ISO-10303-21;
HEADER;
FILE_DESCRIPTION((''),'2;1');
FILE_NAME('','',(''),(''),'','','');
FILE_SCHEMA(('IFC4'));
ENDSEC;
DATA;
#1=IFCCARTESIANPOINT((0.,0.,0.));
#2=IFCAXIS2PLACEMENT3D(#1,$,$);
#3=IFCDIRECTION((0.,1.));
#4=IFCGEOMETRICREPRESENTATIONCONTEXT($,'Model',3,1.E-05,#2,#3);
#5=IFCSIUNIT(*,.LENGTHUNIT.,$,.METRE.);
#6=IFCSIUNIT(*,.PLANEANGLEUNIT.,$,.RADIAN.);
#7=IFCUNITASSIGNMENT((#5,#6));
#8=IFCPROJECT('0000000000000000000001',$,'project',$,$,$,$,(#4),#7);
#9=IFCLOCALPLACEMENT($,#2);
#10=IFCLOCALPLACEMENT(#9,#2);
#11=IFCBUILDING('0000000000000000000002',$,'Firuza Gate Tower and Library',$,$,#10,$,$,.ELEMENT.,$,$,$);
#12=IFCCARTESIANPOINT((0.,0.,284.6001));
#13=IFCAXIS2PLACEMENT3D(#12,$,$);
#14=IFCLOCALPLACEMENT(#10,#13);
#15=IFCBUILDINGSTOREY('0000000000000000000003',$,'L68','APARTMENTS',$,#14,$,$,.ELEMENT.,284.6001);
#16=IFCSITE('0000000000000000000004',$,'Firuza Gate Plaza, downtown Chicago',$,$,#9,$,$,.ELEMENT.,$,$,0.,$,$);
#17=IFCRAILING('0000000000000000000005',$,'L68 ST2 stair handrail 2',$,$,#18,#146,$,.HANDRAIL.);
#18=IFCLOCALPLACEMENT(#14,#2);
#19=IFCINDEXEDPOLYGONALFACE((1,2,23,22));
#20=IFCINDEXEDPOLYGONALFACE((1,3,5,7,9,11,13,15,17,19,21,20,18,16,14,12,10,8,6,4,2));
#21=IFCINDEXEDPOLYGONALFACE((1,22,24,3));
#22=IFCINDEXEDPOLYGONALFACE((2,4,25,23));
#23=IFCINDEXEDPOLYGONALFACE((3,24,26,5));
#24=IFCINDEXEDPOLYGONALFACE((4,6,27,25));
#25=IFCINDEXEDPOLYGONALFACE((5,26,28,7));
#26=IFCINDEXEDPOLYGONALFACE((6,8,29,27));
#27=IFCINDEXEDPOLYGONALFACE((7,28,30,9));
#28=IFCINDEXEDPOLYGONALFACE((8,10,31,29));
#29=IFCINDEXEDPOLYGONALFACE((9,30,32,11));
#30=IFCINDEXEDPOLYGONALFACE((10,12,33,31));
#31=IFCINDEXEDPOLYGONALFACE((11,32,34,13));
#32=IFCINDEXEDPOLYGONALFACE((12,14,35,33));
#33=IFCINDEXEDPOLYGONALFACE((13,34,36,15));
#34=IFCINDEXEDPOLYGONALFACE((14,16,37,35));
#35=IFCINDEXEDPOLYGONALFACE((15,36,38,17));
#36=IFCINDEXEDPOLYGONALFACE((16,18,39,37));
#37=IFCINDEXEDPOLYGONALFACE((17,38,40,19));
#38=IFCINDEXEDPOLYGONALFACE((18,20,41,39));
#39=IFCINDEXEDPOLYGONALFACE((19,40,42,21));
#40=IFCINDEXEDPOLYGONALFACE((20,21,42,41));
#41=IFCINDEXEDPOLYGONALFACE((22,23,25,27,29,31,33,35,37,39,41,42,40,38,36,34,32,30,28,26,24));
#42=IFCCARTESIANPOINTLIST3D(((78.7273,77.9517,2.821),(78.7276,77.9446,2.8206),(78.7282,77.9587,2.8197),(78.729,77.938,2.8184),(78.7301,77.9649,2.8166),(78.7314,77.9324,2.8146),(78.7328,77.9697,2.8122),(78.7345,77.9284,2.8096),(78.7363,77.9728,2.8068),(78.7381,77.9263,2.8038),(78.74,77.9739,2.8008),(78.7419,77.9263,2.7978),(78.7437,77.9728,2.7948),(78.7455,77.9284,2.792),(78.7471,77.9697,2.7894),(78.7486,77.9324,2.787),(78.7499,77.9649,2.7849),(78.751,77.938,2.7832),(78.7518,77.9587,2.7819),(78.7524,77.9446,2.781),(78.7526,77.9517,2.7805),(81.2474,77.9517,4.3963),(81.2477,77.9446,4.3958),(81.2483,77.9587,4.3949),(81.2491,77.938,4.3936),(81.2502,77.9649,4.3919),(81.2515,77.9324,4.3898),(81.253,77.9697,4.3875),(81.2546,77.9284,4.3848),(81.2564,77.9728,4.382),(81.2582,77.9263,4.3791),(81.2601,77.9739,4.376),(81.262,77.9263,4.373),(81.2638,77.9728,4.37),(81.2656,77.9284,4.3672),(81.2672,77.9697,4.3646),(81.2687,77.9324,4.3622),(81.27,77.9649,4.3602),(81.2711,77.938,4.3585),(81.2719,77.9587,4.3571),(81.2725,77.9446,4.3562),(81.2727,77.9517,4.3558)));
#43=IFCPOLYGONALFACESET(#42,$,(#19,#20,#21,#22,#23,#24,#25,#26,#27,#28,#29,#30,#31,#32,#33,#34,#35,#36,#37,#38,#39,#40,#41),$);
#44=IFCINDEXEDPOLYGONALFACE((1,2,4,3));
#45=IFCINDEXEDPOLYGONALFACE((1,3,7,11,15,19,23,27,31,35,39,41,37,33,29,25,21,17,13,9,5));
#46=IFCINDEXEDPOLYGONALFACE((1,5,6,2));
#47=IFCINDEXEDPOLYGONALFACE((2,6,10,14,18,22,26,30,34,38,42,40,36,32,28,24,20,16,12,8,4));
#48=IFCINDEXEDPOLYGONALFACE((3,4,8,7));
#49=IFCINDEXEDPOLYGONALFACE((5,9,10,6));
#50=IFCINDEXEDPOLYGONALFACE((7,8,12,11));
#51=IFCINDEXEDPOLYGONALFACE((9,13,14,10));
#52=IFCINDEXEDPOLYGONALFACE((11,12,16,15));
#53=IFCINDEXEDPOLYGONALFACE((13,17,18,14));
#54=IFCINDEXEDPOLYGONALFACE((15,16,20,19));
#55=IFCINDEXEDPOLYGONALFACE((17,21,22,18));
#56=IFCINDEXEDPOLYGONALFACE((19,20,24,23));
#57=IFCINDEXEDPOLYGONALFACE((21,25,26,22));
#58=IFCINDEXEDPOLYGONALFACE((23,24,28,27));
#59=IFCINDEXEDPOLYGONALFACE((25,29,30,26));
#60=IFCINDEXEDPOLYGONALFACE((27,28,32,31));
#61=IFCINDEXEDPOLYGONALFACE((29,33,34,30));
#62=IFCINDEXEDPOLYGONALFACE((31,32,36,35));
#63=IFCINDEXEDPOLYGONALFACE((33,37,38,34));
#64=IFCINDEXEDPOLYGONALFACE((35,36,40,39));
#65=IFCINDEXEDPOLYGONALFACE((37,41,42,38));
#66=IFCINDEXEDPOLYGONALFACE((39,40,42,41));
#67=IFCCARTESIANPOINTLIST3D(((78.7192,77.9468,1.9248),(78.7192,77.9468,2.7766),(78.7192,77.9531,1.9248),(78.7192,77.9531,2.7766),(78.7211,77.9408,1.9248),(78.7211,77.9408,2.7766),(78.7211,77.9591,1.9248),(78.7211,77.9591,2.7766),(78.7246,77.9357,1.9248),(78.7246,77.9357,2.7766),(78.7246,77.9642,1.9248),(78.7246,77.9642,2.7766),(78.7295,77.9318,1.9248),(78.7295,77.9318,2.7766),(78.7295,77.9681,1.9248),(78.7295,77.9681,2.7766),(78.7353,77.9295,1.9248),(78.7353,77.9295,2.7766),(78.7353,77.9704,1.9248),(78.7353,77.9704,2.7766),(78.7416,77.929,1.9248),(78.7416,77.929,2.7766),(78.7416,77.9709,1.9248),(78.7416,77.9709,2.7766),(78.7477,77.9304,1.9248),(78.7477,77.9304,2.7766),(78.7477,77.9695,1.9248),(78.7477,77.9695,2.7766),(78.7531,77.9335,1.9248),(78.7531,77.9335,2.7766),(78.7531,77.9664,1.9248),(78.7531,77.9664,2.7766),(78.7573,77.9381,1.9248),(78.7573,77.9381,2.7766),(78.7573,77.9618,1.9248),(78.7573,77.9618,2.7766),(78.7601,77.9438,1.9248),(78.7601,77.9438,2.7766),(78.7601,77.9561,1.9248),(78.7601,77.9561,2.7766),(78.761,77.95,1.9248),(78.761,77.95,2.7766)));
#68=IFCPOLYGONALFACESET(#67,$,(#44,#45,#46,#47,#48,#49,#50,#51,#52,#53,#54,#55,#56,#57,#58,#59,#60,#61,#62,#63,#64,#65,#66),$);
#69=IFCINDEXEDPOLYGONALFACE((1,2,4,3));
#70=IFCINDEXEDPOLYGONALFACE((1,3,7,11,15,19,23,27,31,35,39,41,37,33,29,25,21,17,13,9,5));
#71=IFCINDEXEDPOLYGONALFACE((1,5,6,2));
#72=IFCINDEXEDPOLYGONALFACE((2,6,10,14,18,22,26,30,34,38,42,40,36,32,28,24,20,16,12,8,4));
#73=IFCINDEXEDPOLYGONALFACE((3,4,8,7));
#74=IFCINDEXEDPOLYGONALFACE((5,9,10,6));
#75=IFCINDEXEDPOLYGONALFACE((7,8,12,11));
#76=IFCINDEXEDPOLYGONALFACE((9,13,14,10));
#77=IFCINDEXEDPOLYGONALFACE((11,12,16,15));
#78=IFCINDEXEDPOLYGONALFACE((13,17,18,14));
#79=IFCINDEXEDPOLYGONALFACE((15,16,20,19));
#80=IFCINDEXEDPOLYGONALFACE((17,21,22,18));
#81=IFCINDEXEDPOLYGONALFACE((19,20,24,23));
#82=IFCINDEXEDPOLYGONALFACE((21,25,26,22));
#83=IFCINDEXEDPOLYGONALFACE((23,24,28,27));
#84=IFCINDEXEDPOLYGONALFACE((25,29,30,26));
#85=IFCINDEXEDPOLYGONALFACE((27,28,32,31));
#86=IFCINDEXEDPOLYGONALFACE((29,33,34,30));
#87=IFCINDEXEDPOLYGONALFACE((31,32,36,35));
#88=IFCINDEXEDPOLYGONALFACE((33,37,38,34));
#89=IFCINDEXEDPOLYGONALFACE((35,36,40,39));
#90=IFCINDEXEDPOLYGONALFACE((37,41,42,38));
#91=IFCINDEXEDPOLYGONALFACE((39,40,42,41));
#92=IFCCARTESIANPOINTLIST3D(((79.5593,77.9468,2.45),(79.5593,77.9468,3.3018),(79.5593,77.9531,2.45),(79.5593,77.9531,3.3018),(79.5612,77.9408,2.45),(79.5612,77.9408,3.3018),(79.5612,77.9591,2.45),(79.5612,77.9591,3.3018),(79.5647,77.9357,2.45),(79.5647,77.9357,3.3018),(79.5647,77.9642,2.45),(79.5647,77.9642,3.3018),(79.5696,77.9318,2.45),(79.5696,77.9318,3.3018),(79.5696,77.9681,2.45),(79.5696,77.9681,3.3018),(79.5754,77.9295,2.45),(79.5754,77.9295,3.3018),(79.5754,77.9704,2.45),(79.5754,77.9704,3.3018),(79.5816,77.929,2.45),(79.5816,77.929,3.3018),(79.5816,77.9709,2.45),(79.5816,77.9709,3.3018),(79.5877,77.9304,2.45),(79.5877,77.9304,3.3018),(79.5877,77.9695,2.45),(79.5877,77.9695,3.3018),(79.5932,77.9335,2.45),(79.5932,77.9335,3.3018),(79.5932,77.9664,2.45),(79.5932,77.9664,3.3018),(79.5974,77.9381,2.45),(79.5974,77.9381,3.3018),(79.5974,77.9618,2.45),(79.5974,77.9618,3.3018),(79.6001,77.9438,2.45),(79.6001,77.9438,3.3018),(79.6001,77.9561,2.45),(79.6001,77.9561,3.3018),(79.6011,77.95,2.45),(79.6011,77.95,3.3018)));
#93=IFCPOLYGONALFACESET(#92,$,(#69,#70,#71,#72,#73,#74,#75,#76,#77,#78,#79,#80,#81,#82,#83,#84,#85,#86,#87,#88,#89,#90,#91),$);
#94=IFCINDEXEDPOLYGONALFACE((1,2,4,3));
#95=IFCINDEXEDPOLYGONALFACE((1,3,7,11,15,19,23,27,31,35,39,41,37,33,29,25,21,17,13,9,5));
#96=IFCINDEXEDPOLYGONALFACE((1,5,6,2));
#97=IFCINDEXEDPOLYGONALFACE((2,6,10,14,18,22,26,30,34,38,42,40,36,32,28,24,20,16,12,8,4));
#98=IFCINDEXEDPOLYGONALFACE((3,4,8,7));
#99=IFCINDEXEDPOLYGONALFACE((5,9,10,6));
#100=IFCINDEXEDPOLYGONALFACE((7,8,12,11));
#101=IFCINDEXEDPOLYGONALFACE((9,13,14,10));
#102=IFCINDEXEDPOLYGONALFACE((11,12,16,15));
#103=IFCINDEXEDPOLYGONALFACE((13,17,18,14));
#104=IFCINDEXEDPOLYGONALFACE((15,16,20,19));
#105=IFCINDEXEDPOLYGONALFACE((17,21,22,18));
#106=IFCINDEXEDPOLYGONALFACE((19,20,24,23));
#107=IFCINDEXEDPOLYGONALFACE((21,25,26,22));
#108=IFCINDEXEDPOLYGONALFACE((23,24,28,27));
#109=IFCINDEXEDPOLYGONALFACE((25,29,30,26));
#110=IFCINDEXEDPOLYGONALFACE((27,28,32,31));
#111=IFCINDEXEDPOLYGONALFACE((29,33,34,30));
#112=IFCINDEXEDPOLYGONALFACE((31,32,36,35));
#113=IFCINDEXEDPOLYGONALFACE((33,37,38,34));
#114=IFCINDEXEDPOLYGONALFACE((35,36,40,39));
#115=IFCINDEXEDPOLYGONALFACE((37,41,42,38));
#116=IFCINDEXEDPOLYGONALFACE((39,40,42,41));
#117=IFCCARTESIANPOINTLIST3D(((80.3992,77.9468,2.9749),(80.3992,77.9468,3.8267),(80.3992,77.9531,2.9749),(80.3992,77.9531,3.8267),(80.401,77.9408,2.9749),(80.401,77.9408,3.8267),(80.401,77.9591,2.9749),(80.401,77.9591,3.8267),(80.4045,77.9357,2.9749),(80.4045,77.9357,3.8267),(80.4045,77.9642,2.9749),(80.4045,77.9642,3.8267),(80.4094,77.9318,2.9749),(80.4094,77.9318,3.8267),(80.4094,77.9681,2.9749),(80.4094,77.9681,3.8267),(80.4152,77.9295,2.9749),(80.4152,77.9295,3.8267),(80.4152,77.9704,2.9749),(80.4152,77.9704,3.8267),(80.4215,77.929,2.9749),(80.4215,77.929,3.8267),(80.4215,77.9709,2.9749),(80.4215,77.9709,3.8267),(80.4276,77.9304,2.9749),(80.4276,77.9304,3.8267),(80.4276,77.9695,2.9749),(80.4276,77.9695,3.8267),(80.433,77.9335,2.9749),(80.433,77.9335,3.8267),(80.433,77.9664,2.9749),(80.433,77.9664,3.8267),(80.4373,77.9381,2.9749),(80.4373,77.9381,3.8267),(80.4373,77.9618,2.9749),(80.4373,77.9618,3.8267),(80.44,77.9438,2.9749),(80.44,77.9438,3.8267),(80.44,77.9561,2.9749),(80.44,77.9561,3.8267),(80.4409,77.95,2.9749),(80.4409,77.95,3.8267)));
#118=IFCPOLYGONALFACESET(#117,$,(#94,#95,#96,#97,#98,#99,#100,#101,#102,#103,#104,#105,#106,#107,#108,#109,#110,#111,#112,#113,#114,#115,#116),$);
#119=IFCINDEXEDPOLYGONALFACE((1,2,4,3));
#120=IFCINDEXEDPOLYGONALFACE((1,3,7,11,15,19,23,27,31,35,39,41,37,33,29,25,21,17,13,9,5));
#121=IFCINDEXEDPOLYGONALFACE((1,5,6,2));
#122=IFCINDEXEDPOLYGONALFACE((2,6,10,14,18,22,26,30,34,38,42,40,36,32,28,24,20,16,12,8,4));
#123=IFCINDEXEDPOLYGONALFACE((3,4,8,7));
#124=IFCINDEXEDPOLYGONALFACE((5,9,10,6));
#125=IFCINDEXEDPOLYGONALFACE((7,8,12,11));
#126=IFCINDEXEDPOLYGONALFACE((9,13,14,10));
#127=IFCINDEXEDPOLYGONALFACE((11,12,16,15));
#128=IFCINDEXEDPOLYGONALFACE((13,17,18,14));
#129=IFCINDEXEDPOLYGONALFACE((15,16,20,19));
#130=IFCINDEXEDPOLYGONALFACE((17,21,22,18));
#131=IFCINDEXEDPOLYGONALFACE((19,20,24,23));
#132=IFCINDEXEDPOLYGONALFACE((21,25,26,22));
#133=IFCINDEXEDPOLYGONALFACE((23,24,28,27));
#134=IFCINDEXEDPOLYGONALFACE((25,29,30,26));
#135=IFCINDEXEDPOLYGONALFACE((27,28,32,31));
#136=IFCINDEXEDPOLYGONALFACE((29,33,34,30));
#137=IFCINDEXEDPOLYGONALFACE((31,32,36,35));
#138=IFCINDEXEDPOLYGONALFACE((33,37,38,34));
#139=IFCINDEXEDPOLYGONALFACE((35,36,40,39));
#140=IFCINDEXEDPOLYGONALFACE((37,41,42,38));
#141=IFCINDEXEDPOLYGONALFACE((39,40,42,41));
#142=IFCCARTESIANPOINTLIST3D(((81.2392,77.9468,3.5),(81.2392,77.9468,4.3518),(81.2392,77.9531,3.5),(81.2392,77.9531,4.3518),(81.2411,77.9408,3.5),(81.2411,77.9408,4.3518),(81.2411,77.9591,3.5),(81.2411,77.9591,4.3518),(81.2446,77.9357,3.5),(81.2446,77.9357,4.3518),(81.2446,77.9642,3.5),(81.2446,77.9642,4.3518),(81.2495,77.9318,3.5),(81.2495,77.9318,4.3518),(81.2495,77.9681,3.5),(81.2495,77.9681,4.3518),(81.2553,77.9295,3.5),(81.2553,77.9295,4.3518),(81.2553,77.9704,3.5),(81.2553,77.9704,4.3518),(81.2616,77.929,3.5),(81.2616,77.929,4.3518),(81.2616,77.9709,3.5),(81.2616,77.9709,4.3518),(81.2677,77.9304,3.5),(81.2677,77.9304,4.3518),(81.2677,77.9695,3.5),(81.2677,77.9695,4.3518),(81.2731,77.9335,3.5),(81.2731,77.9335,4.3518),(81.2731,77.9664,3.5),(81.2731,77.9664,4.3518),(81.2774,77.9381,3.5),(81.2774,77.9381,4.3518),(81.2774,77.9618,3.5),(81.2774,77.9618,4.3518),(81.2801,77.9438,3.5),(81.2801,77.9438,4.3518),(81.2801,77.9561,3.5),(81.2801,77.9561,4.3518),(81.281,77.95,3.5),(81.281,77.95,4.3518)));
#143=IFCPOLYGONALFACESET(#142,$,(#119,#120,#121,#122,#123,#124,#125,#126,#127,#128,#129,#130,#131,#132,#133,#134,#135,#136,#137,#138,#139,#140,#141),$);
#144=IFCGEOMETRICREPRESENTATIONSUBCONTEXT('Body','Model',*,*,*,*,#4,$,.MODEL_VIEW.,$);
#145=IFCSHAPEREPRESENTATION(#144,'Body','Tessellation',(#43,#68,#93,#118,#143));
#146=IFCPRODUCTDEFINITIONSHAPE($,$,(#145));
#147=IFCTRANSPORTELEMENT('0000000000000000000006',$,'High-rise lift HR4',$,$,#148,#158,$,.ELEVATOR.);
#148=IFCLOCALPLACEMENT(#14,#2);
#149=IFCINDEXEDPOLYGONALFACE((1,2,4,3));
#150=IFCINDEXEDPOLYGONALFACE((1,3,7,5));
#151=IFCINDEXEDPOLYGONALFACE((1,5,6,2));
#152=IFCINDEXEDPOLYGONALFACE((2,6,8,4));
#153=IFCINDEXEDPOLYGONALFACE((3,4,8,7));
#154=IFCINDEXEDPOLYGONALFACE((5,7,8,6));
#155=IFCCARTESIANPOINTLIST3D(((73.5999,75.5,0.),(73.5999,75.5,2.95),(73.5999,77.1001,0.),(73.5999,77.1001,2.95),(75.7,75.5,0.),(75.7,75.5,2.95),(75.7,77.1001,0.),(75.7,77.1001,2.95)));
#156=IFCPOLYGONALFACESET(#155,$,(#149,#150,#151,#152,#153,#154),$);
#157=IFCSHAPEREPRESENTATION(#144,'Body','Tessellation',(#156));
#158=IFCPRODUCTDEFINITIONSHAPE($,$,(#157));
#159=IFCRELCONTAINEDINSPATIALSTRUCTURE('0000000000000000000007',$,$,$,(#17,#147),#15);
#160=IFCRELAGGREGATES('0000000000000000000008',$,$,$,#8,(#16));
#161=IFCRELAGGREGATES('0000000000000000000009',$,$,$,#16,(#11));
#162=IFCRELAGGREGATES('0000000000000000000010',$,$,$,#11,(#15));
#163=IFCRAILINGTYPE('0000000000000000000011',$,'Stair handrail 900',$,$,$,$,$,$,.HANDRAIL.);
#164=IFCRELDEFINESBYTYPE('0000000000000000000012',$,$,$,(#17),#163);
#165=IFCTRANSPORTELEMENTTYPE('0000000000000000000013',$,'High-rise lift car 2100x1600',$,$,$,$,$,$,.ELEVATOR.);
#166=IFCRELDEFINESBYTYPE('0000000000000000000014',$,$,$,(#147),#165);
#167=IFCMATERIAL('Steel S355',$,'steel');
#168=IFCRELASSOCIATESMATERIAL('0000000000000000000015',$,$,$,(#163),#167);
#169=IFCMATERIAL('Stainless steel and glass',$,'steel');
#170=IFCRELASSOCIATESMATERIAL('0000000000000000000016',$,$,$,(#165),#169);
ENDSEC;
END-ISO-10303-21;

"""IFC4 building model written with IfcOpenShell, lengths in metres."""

from ifc_helpers import new_model, si_unit, direction, frame, origin, origin_2d, place, context, subcontext, project, spatial, rectangle, circle, extrude, material, type_object, element, save


model = new_model("IFC4")

# Units and contexts
model_context = context("Model", 3, precision=1e-05, world=origin(), true_north=direction((0.0, 1.0)))
body_context = subcontext(model_context, "Body", "Model", "MODEL_VIEW")
ifc_project = project(units=[si_unit("LENGTHUNIT", "METRE"), si_unit("PLANEANGLEUNIT", "RADIAN")], contexts=[model_context])

# Site, building, storey
site_placement = place(None, origin())
site = spatial("IfcSite", under=ifc_project, at=site_placement, Name="Firuza Gate Plaza, downtown Chicago", CompositionType="ELEMENT", RefElevation=0.0)
building_placement = place(site_placement, origin())
building = spatial("IfcBuilding", under=site, at=building_placement, Name="Firuza Gate Tower and Library", CompositionType="ELEMENT")
storey_placement = place(building_placement, frame((0.0, 0.0, 284.6001)))
storey = spatial("IfcBuildingStorey", under=building, at=storey_placement, Name="L68", Description="APARTMENTS", CompositionType="ELEMENT", Elevation=284.6001)

# Railing
ifc_material_1 = material(Name="Steel S355", Category="steel")
railing_type_1 = type_object("IfcRailingType", Name="Stair handrail 900", PredefinedType="HANDRAIL", material=ifc_material_1)
railing_1_placement = place(storey_placement, frame((78.74, 77.95, 1.9248)))
element("IfcRailing", 1, at=railing_1_placement, inside=storey, type_object=railing_type_1, Name="L68 ST2 stair handrail 2", PredefinedType="HANDRAIL", context=body_context, shape_type="SweptSolid", body=[
    extrude(circle(Radius=0.0239, at=origin_2d()), frame((0.0, 0.0, 0.876), z_axis=(0.847971, 0.0, 0.530043), x_axis=(0.0, 1.0, 0.0)), (0.0, 0.0, 1.0), 2.9719),
    extrude(circle(Radius=0.021, at=origin_2d()), origin(), (0.0, 0.0, 1.0), 0.8518),
    extrude(circle(Radius=0.021, at=origin_2d()), frame((0.8401, 0.0, 0.5251)), (0.0, 0.0, 1.0), 0.8518),
    extrude(circle(Radius=0.021, at=origin_2d()), frame((1.6799, 0.0, 1.05)), (0.0, 0.0, 1.0), 0.8518),
    extrude(circle(Radius=0.021, at=origin_2d()), frame((2.52, 0.0, 1.5752)), (0.0, 0.0, 1.0), 0.8518),
])

# Transport element
ifc_material_2 = material(Name="Stainless steel and glass", Category="steel")
transport_element_type = type_object("IfcTransportElementType", Name="High-rise lift car 2100x1600", PredefinedType="ELEVATOR", material=ifc_material_2)
transport_element_placement = place(storey_placement, frame((74.6499, 76.3, 0.0), z_axis=(0.0, 0.0, 1.0), x_axis=(1.0, 0.0, 0.0)))
element("IfcTransportElement", 2, at=transport_element_placement, inside=storey, type_object=transport_element_type, Name="High-rise lift HR4", PredefinedType="ELEVATOR", context=body_context, shape_type="SweptSolid", body=[
    extrude(rectangle(XDim=2.1001, YDim=1.6001, at=origin_2d()), origin(), (0.0, 0.0, 1.0), 2.95),
])

save(model, "model.ifc")
